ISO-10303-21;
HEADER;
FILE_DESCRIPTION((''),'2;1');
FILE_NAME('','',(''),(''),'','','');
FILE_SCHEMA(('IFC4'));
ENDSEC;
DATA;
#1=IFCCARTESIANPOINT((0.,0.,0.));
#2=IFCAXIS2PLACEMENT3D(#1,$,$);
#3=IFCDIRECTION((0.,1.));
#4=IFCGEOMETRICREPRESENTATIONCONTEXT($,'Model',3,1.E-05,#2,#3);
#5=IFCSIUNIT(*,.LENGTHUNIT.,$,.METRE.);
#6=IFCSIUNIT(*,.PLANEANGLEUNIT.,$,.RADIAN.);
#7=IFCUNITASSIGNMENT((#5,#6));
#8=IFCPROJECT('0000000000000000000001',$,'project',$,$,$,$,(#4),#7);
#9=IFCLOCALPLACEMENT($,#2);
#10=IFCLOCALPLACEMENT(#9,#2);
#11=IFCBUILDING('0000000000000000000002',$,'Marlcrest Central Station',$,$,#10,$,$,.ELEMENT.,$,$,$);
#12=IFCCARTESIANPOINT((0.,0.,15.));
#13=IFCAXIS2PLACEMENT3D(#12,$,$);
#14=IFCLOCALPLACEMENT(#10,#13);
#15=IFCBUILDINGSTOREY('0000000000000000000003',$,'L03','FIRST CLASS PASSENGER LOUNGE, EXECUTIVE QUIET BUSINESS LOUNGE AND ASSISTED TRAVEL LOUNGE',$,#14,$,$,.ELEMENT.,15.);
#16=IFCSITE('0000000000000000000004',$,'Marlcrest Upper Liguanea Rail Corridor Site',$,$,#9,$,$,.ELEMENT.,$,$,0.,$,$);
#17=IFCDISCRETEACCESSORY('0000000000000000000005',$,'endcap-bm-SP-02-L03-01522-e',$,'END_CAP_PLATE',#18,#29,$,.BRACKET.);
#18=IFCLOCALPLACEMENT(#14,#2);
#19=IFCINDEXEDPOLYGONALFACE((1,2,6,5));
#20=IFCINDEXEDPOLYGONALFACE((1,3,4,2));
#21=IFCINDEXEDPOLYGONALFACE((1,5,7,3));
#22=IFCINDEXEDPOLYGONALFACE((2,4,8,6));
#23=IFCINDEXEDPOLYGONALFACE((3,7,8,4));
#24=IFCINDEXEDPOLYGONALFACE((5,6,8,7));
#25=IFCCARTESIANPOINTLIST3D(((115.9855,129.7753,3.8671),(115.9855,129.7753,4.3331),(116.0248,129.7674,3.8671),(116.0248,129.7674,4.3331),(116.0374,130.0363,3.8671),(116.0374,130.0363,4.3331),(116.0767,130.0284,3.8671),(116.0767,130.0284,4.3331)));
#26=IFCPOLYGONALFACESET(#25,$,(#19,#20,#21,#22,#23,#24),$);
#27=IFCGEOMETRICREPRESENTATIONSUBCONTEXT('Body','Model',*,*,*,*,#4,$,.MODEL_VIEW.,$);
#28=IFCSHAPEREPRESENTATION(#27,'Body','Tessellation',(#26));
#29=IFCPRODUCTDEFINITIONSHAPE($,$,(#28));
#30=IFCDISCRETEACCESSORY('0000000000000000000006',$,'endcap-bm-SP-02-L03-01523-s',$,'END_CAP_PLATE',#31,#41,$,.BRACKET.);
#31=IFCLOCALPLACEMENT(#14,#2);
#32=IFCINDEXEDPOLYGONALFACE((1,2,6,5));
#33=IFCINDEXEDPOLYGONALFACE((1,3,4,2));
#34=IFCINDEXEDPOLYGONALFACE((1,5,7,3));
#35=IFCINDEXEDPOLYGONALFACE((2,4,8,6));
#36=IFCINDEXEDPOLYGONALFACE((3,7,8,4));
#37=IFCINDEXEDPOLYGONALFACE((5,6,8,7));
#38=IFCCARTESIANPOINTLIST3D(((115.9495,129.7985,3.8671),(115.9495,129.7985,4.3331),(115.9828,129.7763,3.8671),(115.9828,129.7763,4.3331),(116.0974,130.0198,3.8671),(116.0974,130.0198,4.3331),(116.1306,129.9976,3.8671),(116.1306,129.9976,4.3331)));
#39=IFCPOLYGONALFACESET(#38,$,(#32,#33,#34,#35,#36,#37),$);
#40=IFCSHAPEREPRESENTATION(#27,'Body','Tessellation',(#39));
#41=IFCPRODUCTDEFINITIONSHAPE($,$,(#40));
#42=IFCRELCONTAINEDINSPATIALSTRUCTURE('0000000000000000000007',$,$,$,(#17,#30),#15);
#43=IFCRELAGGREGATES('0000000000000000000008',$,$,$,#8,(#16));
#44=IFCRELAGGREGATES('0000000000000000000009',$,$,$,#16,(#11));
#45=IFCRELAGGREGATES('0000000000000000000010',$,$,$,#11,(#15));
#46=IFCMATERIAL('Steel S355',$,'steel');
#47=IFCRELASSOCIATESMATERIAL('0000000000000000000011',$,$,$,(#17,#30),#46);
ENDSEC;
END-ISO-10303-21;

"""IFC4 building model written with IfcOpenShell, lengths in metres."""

from ifc_helpers import new_model, si_unit, direction, frame, origin, origin_2d, place, context, subcontext, project, spatial, rectangle, extrude, material, element, save


model = new_model("IFC4")

# Units and contexts
model_context = context("Model", 3, precision=1e-05, world=origin(), true_north=direction((0.0, 1.0)))
body_context = subcontext(model_context, "Body", "Model", "MODEL_VIEW")
ifc_project = project(units=[si_unit("LENGTHUNIT", "METRE"), si_unit("PLANEANGLEUNIT", "RADIAN")], contexts=[model_context])

# Site, building, storey
site_placement = place(None, origin())
site = spatial("IfcSite", under=ifc_project, at=site_placement, Name="Marlcrest Upper Liguanea Rail Corridor Site", CompositionType="ELEMENT", RefElevation=0.0)
building_placement = place(site_placement, origin())
building = spatial("IfcBuilding", under=site, at=building_placement, Name="Marlcrest Central Station", CompositionType="ELEMENT")
storey_placement = place(building_placement, frame((0.0, 0.0, 15.0)))
storey = spatial("IfcBuildingStorey", under=building, at=storey_placement, Name="L03", Description="FIRST CLASS PASSENGER LOUNGE, EXECUTIVE QUIET BUSINESS LOUNGE AND ASSISTED TRAVEL LOUNGE", CompositionType="ELEMENT", Elevation=15.0)

# Shared definitions
ifc_material_1 = material(Name="Steel S355", Category="steel")

# Discrete accessories
for number, where, z_axis, x_axis, name in (
    (1, (116.0115, 129.9058, 4.1001), (0.980769, -0.195171, 0.0), (0.195171, 0.980769, 0.0), "endcap-bm-SP-02-L03-01522-e"),
    (2, (116.0234, 129.9092, 4.1001), (0.831509, -0.555511, 0.0), (0.555511, 0.831509, 0.0), "endcap-bm-SP-02-L03-01523-s"),
):
    element("IfcDiscreteAccessory", number, at=place(storey_placement, frame(where, z_axis=z_axis, x_axis=x_axis)), inside=storey, material=ifc_material_1, Name=name, ObjectType="END_CAP_PLATE", PredefinedType="BRACKET", context=body_context, shape_type="SweptSolid", body=[
        extrude(rectangle(XDim=0.2661, YDim=0.4661, at=origin_2d()), origin(), (0.0, 0.0, 1.0), 0.04),
    ])

save(model, "model.ifc")
